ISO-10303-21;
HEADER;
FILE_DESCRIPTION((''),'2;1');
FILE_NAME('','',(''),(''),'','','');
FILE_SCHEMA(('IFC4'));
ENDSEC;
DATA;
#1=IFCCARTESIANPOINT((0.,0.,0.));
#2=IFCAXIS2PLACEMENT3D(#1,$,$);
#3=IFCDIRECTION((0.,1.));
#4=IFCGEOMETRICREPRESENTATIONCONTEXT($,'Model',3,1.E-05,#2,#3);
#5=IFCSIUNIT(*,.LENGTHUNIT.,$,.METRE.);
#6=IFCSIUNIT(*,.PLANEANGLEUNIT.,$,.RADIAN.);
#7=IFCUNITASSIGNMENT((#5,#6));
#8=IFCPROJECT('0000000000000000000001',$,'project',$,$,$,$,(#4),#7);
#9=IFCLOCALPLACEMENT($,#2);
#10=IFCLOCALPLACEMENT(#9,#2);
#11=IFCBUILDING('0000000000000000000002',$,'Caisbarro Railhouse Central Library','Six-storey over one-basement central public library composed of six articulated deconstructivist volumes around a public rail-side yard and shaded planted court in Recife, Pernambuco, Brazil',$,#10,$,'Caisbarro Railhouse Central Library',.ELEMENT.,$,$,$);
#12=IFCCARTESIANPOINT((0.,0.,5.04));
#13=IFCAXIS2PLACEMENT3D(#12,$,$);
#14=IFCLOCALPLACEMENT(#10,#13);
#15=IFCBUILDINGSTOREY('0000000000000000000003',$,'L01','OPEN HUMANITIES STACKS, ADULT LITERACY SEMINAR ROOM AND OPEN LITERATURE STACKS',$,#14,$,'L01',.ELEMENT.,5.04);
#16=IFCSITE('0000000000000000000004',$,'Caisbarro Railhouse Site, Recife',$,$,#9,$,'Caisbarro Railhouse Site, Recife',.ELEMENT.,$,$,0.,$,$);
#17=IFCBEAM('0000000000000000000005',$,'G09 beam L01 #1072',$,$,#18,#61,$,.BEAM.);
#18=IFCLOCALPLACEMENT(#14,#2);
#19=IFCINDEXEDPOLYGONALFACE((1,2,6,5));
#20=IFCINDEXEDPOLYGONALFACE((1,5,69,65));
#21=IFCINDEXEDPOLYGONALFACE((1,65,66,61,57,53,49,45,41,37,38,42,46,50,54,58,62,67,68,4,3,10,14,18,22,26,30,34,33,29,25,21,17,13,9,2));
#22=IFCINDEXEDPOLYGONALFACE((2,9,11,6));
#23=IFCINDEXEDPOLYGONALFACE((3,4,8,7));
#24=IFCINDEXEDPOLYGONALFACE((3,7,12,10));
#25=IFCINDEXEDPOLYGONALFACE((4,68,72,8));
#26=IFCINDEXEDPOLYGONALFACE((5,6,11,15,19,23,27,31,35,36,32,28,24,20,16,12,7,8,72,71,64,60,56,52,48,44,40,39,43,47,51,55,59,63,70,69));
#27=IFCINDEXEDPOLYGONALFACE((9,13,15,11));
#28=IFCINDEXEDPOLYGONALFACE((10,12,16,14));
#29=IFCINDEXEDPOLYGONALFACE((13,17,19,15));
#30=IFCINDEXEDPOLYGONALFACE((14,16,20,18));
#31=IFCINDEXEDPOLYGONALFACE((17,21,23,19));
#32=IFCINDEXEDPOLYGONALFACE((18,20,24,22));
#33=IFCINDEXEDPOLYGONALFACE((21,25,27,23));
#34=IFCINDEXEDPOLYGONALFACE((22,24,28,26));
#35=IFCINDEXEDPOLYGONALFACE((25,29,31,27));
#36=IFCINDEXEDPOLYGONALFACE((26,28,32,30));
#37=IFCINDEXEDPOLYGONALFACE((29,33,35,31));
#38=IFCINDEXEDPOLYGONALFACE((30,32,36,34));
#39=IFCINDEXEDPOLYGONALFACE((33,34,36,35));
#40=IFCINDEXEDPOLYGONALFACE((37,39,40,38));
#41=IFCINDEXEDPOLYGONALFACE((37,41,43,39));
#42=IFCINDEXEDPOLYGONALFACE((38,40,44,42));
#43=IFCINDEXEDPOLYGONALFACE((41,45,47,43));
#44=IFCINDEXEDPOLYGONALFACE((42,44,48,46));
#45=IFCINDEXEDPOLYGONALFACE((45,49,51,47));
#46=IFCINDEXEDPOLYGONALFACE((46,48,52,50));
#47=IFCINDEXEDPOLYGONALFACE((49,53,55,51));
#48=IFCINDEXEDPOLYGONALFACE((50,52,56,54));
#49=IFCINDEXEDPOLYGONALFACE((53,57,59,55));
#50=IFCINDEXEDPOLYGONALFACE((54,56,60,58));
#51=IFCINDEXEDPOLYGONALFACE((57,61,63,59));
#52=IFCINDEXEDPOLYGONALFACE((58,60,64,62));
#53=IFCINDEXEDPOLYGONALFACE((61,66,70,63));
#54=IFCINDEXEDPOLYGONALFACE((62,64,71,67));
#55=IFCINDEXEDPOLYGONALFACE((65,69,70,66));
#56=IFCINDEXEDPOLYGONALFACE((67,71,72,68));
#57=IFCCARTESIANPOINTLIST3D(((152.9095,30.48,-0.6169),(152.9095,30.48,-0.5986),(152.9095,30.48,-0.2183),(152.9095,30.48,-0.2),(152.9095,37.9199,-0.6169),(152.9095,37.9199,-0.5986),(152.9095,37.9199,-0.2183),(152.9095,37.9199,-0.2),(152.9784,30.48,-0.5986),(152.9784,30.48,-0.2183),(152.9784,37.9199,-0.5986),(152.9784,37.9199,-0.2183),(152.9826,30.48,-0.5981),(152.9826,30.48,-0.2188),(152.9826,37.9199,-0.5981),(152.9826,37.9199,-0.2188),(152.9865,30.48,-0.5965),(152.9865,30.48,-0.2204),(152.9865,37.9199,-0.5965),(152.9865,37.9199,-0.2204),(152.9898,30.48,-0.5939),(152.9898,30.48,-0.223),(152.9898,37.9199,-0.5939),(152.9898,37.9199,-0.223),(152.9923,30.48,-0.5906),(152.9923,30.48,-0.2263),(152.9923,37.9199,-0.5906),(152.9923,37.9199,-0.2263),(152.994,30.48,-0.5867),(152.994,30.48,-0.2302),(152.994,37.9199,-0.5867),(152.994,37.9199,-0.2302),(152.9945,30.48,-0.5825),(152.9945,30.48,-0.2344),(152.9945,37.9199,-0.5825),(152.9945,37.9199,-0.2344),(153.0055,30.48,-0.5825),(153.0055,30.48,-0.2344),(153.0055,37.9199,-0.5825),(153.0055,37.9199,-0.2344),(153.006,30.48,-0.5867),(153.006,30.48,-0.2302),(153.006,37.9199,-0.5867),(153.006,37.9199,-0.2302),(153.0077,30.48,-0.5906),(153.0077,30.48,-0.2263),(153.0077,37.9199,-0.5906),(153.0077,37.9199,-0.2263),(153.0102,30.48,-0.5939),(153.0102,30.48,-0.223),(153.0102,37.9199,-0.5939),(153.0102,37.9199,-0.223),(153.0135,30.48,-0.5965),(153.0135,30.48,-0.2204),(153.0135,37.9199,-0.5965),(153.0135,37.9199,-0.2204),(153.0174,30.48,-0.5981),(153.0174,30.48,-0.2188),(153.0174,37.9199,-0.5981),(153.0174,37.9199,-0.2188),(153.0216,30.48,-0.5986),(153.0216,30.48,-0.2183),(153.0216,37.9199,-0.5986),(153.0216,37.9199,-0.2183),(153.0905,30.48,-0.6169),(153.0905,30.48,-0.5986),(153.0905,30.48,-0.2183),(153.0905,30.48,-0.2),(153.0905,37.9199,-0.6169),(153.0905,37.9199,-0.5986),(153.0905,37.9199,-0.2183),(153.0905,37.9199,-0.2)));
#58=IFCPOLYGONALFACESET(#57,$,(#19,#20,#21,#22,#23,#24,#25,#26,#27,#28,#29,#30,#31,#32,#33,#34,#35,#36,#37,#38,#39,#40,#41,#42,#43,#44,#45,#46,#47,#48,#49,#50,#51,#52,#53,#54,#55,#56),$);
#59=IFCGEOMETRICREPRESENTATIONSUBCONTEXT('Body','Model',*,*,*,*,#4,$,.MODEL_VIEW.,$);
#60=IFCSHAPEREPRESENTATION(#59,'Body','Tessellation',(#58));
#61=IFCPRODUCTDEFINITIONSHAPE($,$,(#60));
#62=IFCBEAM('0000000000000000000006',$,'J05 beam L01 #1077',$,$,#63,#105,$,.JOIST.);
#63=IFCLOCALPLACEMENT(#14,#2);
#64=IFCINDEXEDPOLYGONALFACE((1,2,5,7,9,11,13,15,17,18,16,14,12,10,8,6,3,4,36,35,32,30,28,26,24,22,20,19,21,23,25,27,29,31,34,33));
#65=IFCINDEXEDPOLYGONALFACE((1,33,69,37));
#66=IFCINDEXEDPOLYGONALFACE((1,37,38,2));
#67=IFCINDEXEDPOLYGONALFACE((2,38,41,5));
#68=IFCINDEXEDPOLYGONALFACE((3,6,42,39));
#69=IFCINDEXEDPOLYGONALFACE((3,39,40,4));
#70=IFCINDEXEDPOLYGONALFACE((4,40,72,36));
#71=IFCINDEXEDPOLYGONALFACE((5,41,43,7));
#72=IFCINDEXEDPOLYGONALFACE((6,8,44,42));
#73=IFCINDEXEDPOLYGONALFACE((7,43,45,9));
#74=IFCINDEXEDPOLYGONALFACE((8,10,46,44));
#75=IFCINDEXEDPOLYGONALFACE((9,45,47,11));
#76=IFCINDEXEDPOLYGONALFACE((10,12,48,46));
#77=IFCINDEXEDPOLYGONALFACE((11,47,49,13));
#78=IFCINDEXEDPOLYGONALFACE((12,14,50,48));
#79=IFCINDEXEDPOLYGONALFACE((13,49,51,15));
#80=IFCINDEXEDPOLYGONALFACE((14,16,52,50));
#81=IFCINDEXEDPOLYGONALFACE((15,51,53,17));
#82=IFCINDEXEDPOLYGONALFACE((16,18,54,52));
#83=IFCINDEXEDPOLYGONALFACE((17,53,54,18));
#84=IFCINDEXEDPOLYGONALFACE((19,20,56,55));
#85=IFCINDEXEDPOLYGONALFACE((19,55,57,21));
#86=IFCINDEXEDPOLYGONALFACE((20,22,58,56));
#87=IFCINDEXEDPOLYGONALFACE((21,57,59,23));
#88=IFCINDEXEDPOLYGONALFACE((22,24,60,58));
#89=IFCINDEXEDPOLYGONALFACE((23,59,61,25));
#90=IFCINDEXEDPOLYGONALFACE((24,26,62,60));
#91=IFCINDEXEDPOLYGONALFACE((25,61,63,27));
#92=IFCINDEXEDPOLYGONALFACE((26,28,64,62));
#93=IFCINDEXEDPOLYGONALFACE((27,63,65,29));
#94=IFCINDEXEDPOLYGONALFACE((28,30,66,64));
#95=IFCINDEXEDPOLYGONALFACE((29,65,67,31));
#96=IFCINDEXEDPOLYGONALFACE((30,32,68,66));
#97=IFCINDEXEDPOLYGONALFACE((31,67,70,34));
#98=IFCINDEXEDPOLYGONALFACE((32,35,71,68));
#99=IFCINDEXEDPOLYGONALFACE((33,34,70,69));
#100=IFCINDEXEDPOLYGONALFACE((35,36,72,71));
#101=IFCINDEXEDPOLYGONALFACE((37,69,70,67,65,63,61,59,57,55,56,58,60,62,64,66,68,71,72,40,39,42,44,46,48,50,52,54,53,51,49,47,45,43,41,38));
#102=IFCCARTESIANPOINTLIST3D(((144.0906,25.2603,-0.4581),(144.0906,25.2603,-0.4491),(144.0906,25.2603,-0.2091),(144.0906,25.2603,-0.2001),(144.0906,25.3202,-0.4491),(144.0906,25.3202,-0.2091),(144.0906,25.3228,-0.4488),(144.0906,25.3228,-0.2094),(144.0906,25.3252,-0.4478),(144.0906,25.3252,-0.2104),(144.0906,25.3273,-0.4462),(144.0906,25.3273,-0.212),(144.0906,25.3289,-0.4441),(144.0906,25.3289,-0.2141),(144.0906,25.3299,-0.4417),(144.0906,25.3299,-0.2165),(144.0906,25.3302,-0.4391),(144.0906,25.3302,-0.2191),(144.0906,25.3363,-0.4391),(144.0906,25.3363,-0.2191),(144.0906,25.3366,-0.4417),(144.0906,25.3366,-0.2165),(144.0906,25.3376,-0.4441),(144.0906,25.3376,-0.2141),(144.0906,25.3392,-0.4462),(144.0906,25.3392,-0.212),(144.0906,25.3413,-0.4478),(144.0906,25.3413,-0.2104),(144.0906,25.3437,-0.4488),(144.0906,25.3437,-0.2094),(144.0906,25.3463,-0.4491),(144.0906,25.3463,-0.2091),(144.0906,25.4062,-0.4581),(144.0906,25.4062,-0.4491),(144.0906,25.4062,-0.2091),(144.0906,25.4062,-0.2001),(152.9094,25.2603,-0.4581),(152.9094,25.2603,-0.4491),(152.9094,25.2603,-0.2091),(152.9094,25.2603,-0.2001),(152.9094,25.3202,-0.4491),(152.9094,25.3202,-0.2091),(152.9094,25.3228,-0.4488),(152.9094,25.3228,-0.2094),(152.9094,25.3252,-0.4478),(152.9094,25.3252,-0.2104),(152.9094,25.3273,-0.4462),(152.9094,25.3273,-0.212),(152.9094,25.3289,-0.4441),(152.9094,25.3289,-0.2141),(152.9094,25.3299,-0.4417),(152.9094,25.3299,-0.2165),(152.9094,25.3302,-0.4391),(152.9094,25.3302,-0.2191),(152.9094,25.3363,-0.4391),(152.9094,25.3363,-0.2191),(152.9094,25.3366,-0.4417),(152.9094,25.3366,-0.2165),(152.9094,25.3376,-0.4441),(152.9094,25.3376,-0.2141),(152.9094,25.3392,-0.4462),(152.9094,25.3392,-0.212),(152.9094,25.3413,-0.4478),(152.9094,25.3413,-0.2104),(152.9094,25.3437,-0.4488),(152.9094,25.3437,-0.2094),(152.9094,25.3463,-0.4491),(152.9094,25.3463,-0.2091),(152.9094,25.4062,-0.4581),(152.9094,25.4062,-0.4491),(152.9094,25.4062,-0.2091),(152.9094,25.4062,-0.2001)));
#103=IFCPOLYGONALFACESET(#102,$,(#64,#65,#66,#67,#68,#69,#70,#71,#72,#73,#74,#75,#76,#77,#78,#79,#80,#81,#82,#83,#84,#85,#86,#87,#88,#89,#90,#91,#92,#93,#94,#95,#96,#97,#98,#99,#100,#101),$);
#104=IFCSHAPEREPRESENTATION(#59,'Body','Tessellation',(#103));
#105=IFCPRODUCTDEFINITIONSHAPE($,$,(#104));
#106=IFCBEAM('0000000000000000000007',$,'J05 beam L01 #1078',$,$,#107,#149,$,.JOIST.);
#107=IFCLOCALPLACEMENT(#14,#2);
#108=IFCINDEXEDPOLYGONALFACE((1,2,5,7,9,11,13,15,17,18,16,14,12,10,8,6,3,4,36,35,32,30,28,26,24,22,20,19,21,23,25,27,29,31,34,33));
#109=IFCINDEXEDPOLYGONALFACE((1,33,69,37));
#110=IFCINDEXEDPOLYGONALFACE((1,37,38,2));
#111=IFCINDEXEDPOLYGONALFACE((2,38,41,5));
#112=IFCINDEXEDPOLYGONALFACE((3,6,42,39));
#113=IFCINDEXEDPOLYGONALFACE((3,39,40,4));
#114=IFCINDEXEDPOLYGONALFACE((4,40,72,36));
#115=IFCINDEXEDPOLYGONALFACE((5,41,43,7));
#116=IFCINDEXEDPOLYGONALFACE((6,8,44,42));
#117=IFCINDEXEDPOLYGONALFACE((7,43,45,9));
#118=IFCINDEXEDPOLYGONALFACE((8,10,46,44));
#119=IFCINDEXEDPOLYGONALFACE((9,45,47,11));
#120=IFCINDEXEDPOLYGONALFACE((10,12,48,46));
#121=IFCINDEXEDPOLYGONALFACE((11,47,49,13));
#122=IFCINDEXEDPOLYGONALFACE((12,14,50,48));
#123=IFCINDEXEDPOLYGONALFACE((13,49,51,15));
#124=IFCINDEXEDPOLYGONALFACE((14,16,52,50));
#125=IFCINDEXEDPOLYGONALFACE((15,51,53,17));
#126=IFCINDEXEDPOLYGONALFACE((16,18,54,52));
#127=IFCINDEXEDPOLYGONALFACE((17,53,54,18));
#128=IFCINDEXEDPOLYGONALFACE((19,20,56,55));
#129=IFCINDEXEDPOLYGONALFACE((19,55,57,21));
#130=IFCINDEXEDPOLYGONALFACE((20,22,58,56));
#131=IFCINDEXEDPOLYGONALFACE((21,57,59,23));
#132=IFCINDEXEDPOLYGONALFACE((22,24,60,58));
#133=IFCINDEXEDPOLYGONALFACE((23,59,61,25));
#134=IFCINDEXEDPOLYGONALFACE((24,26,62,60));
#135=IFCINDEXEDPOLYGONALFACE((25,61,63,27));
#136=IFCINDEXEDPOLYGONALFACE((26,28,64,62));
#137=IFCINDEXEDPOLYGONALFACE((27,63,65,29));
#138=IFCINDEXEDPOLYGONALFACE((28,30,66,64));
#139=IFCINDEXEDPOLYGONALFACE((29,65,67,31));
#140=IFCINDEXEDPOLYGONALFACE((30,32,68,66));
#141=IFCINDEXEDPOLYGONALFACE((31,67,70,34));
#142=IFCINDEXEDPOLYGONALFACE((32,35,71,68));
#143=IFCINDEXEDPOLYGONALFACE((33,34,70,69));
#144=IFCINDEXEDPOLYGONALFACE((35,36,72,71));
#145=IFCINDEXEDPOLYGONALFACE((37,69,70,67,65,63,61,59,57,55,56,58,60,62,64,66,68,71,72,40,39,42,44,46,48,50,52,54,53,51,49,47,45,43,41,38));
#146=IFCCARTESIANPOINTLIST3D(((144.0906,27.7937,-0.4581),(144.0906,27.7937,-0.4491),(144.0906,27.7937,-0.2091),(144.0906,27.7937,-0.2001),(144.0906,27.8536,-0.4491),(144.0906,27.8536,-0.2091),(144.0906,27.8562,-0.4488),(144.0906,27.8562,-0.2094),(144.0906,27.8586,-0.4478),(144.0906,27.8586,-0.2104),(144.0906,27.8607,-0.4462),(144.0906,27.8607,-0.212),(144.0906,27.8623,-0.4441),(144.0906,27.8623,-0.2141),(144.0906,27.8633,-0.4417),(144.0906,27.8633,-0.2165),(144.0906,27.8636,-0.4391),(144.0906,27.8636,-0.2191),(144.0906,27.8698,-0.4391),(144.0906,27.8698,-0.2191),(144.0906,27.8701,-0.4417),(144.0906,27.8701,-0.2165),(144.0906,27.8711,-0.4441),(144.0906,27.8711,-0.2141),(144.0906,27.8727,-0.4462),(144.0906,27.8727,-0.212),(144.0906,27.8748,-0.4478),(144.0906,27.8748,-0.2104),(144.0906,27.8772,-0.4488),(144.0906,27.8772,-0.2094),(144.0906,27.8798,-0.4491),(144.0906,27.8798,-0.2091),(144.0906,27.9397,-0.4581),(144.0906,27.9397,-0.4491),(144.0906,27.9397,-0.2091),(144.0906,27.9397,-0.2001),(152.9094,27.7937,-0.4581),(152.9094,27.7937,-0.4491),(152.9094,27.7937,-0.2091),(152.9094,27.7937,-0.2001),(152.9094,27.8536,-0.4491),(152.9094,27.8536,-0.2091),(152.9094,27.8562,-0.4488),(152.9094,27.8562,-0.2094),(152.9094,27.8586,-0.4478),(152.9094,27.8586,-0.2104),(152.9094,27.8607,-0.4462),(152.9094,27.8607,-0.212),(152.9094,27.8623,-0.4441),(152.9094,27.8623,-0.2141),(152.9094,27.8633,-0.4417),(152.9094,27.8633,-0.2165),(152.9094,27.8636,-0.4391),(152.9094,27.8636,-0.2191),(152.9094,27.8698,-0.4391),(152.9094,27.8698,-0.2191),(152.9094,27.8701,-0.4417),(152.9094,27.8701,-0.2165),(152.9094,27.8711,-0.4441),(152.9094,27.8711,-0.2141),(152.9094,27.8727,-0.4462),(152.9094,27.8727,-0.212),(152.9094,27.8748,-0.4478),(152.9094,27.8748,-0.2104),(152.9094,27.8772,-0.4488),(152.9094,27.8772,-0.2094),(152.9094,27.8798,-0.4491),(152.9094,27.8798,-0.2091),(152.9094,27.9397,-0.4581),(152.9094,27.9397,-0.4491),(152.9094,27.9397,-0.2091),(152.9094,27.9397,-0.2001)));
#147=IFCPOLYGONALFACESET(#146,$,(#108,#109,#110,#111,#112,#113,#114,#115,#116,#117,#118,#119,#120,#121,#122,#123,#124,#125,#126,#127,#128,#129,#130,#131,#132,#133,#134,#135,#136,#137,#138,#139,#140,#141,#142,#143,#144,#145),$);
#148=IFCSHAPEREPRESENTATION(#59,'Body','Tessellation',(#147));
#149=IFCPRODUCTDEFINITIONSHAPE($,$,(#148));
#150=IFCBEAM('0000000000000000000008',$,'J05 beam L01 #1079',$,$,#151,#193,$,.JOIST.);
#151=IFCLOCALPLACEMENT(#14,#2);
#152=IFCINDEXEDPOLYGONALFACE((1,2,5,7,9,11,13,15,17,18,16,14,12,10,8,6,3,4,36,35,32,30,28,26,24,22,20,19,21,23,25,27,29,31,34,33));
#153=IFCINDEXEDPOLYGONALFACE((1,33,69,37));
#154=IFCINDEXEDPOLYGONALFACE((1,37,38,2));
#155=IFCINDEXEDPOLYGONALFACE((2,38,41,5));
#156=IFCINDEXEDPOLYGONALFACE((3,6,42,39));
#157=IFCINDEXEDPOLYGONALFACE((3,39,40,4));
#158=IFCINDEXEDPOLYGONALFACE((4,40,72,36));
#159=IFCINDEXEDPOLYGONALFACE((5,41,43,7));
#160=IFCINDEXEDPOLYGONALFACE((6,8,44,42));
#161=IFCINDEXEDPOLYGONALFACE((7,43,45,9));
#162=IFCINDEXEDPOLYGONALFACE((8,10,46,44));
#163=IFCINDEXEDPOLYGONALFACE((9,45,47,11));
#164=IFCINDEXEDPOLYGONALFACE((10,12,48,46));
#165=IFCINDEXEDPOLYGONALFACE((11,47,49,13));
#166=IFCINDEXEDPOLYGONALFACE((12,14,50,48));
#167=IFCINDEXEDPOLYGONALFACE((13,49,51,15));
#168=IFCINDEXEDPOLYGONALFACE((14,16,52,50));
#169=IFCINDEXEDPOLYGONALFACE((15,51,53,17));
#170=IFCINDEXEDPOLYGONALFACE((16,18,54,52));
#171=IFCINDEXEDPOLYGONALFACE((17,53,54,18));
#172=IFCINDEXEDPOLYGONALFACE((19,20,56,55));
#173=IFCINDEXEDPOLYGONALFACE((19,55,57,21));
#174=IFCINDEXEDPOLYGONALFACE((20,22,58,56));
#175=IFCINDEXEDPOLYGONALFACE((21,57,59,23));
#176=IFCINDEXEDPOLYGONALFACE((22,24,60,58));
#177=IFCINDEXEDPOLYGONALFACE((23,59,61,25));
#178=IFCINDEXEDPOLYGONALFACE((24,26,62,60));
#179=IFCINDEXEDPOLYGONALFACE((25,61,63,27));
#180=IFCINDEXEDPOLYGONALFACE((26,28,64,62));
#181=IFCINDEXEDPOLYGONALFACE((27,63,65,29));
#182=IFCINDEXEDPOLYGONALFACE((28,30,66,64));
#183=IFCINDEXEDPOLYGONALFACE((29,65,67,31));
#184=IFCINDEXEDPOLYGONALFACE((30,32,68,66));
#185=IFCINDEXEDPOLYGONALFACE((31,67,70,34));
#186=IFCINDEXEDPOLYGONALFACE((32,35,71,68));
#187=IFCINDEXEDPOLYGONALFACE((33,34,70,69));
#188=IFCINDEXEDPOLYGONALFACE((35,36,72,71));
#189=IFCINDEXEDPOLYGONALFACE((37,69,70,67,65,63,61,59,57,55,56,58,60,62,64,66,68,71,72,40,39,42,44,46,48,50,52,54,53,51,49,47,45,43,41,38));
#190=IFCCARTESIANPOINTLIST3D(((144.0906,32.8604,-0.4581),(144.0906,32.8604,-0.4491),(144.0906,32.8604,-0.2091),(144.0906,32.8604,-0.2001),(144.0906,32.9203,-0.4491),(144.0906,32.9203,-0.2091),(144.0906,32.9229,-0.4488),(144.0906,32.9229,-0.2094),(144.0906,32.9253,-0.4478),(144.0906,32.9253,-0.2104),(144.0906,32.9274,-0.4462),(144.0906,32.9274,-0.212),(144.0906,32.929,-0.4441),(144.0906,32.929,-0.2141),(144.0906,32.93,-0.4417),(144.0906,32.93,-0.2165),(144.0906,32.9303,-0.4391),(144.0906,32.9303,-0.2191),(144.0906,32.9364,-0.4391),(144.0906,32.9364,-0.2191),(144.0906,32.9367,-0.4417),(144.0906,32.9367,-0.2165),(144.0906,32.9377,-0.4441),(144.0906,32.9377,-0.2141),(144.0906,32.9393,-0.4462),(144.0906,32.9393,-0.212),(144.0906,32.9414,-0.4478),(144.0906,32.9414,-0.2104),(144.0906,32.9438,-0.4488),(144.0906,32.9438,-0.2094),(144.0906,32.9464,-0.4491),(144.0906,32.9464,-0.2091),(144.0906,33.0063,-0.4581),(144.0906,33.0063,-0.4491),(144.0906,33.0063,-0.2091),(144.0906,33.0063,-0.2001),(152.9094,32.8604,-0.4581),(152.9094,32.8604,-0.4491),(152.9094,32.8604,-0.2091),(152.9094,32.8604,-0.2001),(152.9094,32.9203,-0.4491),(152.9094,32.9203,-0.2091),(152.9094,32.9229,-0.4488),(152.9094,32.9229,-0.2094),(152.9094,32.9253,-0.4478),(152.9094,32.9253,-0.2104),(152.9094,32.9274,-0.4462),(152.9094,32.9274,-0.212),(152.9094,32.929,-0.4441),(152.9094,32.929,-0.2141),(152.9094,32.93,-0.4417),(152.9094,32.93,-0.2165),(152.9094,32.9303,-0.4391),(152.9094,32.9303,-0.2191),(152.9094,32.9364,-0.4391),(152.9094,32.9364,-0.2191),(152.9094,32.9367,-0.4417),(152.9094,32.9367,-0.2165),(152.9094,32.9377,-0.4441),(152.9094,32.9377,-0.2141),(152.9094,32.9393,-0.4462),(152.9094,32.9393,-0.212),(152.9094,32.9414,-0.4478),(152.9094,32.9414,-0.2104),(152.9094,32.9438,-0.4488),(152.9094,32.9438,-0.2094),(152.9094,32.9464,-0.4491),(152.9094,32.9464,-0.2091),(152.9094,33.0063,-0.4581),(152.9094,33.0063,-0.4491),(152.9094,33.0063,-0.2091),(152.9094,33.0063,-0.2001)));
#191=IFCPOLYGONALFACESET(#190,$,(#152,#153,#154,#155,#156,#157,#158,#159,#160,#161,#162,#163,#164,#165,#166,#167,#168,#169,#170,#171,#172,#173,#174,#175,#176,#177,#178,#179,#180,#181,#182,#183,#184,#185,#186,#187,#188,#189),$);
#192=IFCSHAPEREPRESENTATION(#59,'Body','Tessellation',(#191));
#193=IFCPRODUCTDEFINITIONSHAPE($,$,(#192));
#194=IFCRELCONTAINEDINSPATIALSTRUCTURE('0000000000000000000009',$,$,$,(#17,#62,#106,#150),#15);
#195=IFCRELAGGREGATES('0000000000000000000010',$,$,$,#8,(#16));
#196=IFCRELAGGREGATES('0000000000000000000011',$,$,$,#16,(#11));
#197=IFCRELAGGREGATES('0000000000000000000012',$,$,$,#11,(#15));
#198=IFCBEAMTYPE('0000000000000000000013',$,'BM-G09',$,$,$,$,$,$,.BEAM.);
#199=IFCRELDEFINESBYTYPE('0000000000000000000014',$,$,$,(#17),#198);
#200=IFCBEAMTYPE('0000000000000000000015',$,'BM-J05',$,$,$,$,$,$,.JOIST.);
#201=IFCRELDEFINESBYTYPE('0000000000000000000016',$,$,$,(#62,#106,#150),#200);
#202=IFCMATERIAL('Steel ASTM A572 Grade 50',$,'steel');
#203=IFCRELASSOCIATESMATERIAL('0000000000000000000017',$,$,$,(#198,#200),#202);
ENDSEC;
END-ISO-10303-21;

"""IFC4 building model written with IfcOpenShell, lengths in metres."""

from ifc_helpers import new_model, si_unit, direction, frame, origin, origin_2d, place, context, subcontext, project, spatial, i_section, extrude, material, material_profile, profile_set, type_object, element, save


model = new_model("IFC4")

# Units and contexts
model_context = context("Model", 3, precision=1e-05, world=origin(), true_north=direction((0.0, 1.0)))
body_context = subcontext(model_context, "Body", "Model", "MODEL_VIEW")
ifc_project = project(units=[si_unit("LENGTHUNIT", "METRE"), si_unit("PLANEANGLEUNIT", "RADIAN")], contexts=[model_context])

# Site, building, storey
site_placement = place(None, origin())
site = spatial("IfcSite", under=ifc_project, at=site_placement, Name="Caisbarro Railhouse Site, Recife", LongName="Caisbarro Railhouse Site, Recife", CompositionType="ELEMENT", RefElevation=0.0)
building_placement = place(site_placement, origin())
building = spatial("IfcBuilding", under=site, at=building_placement, Name="Caisbarro Railhouse Central Library", Description="Six-storey over one-basement central public library composed of six articulated deconstructivist volumes around a public rail-side yard and shaded planted court in Recife, Pernambuco, Brazil", LongName="Caisbarro Railhouse Central Library", CompositionType="ELEMENT")
storey_placement = place(building_placement, frame((0.0, 0.0, 5.04)))
storey = spatial("IfcBuildingStorey", under=building, at=storey_placement, Name="L01", Description="OPEN HUMANITIES STACKS, ADULT LITERACY SEMINAR ROOM AND OPEN LITERATURE STACKS", LongName="L01", CompositionType="ELEMENT", Elevation=5.04)

# Shared definitions
ifc_material_1 = material(Name="Steel ASTM A572 Grade 50", Category="steel")

# Beams
ifc_material_profile_1 = material_profile(ifc_material_1, i_section(OverallWidth=0.1809, OverallDepth=0.417, WebThickness=0.011, FlangeThickness=0.0183, FilletRadius=0.0161, at=origin_2d()), Name="W410X85.0")
ifc_profile_set_1 = profile_set([ifc_material_profile_1], Name="Steel ASTM A572 Grade 50")
beam_type_1 = type_object("IfcBeamType", Name="BM-G09", PredefinedType="BEAM", material=ifc_profile_set_1)
beam_1_placement = place(storey_placement, frame((153.0, 30.48, -0.4084), z_axis=(0.0, 1.0, 0.0), x_axis=(-1.0, 0.0, 0.0)))
element("IfcBeam", 1, at=beam_1_placement, inside=storey, type_object=beam_type_1, Name="G09 beam L01 #1072", PredefinedType="BEAM", context=body_context, shape_type="SweptSolid", body=[
    extrude(i_section(OverallWidth=0.1809, OverallDepth=0.417, WebThickness=0.011, FlangeThickness=0.0183, FilletRadius=0.0161, at=origin_2d()), origin(), (0.0, 0.0, 1.0), 7.4399),
])
ifc_material_profile_2 = material_profile(ifc_material_1, i_section(OverallWidth=0.146, OverallDepth=0.2581, WebThickness=0.0061, FlangeThickness=0.009, FilletRadius=0.01, at=origin_2d()), Name="W250X32.7")
ifc_profile_set_2 = profile_set([ifc_material_profile_2], Name="Steel ASTM A572 Grade 50")
beam_type_2 = type_object("IfcBeamType", Name="BM-J05", PredefinedType="JOIST", material=ifc_profile_set_2)
for number, where, z_axis, x_axis, name in (
    (2, (144.0906, 25.3333, -0.3291), (1.0, 0.0, 0.0), (0.0, 1.0, 0.0), "J05 beam L01 #1077"),
    (3, (144.0906, 27.8667, -0.3291), (1.0, 0.0, 0.0), (0.0, 1.0, 0.0), "J05 beam L01 #1078"),
    (4, (144.0906, 32.9333, -0.3291), (1.0, 0.0, 0.0), (0.0, 1.0, 0.0), "J05 beam L01 #1079"),
):
    element("IfcBeam", number, at=place(storey_placement, frame(where, z_axis=z_axis, x_axis=x_axis)), inside=storey, type_object=beam_type_2, Name=name, PredefinedType="JOIST", context=body_context, shape_type="SweptSolid", body=[
        extrude(i_section(OverallWidth=0.146, OverallDepth=0.2581, WebThickness=0.0061, FlangeThickness=0.009, FilletRadius=0.01, at=origin_2d()), origin(), (0.0, 0.0, 1.0), 8.8188),
    ])

save(model, "model.ifc")
